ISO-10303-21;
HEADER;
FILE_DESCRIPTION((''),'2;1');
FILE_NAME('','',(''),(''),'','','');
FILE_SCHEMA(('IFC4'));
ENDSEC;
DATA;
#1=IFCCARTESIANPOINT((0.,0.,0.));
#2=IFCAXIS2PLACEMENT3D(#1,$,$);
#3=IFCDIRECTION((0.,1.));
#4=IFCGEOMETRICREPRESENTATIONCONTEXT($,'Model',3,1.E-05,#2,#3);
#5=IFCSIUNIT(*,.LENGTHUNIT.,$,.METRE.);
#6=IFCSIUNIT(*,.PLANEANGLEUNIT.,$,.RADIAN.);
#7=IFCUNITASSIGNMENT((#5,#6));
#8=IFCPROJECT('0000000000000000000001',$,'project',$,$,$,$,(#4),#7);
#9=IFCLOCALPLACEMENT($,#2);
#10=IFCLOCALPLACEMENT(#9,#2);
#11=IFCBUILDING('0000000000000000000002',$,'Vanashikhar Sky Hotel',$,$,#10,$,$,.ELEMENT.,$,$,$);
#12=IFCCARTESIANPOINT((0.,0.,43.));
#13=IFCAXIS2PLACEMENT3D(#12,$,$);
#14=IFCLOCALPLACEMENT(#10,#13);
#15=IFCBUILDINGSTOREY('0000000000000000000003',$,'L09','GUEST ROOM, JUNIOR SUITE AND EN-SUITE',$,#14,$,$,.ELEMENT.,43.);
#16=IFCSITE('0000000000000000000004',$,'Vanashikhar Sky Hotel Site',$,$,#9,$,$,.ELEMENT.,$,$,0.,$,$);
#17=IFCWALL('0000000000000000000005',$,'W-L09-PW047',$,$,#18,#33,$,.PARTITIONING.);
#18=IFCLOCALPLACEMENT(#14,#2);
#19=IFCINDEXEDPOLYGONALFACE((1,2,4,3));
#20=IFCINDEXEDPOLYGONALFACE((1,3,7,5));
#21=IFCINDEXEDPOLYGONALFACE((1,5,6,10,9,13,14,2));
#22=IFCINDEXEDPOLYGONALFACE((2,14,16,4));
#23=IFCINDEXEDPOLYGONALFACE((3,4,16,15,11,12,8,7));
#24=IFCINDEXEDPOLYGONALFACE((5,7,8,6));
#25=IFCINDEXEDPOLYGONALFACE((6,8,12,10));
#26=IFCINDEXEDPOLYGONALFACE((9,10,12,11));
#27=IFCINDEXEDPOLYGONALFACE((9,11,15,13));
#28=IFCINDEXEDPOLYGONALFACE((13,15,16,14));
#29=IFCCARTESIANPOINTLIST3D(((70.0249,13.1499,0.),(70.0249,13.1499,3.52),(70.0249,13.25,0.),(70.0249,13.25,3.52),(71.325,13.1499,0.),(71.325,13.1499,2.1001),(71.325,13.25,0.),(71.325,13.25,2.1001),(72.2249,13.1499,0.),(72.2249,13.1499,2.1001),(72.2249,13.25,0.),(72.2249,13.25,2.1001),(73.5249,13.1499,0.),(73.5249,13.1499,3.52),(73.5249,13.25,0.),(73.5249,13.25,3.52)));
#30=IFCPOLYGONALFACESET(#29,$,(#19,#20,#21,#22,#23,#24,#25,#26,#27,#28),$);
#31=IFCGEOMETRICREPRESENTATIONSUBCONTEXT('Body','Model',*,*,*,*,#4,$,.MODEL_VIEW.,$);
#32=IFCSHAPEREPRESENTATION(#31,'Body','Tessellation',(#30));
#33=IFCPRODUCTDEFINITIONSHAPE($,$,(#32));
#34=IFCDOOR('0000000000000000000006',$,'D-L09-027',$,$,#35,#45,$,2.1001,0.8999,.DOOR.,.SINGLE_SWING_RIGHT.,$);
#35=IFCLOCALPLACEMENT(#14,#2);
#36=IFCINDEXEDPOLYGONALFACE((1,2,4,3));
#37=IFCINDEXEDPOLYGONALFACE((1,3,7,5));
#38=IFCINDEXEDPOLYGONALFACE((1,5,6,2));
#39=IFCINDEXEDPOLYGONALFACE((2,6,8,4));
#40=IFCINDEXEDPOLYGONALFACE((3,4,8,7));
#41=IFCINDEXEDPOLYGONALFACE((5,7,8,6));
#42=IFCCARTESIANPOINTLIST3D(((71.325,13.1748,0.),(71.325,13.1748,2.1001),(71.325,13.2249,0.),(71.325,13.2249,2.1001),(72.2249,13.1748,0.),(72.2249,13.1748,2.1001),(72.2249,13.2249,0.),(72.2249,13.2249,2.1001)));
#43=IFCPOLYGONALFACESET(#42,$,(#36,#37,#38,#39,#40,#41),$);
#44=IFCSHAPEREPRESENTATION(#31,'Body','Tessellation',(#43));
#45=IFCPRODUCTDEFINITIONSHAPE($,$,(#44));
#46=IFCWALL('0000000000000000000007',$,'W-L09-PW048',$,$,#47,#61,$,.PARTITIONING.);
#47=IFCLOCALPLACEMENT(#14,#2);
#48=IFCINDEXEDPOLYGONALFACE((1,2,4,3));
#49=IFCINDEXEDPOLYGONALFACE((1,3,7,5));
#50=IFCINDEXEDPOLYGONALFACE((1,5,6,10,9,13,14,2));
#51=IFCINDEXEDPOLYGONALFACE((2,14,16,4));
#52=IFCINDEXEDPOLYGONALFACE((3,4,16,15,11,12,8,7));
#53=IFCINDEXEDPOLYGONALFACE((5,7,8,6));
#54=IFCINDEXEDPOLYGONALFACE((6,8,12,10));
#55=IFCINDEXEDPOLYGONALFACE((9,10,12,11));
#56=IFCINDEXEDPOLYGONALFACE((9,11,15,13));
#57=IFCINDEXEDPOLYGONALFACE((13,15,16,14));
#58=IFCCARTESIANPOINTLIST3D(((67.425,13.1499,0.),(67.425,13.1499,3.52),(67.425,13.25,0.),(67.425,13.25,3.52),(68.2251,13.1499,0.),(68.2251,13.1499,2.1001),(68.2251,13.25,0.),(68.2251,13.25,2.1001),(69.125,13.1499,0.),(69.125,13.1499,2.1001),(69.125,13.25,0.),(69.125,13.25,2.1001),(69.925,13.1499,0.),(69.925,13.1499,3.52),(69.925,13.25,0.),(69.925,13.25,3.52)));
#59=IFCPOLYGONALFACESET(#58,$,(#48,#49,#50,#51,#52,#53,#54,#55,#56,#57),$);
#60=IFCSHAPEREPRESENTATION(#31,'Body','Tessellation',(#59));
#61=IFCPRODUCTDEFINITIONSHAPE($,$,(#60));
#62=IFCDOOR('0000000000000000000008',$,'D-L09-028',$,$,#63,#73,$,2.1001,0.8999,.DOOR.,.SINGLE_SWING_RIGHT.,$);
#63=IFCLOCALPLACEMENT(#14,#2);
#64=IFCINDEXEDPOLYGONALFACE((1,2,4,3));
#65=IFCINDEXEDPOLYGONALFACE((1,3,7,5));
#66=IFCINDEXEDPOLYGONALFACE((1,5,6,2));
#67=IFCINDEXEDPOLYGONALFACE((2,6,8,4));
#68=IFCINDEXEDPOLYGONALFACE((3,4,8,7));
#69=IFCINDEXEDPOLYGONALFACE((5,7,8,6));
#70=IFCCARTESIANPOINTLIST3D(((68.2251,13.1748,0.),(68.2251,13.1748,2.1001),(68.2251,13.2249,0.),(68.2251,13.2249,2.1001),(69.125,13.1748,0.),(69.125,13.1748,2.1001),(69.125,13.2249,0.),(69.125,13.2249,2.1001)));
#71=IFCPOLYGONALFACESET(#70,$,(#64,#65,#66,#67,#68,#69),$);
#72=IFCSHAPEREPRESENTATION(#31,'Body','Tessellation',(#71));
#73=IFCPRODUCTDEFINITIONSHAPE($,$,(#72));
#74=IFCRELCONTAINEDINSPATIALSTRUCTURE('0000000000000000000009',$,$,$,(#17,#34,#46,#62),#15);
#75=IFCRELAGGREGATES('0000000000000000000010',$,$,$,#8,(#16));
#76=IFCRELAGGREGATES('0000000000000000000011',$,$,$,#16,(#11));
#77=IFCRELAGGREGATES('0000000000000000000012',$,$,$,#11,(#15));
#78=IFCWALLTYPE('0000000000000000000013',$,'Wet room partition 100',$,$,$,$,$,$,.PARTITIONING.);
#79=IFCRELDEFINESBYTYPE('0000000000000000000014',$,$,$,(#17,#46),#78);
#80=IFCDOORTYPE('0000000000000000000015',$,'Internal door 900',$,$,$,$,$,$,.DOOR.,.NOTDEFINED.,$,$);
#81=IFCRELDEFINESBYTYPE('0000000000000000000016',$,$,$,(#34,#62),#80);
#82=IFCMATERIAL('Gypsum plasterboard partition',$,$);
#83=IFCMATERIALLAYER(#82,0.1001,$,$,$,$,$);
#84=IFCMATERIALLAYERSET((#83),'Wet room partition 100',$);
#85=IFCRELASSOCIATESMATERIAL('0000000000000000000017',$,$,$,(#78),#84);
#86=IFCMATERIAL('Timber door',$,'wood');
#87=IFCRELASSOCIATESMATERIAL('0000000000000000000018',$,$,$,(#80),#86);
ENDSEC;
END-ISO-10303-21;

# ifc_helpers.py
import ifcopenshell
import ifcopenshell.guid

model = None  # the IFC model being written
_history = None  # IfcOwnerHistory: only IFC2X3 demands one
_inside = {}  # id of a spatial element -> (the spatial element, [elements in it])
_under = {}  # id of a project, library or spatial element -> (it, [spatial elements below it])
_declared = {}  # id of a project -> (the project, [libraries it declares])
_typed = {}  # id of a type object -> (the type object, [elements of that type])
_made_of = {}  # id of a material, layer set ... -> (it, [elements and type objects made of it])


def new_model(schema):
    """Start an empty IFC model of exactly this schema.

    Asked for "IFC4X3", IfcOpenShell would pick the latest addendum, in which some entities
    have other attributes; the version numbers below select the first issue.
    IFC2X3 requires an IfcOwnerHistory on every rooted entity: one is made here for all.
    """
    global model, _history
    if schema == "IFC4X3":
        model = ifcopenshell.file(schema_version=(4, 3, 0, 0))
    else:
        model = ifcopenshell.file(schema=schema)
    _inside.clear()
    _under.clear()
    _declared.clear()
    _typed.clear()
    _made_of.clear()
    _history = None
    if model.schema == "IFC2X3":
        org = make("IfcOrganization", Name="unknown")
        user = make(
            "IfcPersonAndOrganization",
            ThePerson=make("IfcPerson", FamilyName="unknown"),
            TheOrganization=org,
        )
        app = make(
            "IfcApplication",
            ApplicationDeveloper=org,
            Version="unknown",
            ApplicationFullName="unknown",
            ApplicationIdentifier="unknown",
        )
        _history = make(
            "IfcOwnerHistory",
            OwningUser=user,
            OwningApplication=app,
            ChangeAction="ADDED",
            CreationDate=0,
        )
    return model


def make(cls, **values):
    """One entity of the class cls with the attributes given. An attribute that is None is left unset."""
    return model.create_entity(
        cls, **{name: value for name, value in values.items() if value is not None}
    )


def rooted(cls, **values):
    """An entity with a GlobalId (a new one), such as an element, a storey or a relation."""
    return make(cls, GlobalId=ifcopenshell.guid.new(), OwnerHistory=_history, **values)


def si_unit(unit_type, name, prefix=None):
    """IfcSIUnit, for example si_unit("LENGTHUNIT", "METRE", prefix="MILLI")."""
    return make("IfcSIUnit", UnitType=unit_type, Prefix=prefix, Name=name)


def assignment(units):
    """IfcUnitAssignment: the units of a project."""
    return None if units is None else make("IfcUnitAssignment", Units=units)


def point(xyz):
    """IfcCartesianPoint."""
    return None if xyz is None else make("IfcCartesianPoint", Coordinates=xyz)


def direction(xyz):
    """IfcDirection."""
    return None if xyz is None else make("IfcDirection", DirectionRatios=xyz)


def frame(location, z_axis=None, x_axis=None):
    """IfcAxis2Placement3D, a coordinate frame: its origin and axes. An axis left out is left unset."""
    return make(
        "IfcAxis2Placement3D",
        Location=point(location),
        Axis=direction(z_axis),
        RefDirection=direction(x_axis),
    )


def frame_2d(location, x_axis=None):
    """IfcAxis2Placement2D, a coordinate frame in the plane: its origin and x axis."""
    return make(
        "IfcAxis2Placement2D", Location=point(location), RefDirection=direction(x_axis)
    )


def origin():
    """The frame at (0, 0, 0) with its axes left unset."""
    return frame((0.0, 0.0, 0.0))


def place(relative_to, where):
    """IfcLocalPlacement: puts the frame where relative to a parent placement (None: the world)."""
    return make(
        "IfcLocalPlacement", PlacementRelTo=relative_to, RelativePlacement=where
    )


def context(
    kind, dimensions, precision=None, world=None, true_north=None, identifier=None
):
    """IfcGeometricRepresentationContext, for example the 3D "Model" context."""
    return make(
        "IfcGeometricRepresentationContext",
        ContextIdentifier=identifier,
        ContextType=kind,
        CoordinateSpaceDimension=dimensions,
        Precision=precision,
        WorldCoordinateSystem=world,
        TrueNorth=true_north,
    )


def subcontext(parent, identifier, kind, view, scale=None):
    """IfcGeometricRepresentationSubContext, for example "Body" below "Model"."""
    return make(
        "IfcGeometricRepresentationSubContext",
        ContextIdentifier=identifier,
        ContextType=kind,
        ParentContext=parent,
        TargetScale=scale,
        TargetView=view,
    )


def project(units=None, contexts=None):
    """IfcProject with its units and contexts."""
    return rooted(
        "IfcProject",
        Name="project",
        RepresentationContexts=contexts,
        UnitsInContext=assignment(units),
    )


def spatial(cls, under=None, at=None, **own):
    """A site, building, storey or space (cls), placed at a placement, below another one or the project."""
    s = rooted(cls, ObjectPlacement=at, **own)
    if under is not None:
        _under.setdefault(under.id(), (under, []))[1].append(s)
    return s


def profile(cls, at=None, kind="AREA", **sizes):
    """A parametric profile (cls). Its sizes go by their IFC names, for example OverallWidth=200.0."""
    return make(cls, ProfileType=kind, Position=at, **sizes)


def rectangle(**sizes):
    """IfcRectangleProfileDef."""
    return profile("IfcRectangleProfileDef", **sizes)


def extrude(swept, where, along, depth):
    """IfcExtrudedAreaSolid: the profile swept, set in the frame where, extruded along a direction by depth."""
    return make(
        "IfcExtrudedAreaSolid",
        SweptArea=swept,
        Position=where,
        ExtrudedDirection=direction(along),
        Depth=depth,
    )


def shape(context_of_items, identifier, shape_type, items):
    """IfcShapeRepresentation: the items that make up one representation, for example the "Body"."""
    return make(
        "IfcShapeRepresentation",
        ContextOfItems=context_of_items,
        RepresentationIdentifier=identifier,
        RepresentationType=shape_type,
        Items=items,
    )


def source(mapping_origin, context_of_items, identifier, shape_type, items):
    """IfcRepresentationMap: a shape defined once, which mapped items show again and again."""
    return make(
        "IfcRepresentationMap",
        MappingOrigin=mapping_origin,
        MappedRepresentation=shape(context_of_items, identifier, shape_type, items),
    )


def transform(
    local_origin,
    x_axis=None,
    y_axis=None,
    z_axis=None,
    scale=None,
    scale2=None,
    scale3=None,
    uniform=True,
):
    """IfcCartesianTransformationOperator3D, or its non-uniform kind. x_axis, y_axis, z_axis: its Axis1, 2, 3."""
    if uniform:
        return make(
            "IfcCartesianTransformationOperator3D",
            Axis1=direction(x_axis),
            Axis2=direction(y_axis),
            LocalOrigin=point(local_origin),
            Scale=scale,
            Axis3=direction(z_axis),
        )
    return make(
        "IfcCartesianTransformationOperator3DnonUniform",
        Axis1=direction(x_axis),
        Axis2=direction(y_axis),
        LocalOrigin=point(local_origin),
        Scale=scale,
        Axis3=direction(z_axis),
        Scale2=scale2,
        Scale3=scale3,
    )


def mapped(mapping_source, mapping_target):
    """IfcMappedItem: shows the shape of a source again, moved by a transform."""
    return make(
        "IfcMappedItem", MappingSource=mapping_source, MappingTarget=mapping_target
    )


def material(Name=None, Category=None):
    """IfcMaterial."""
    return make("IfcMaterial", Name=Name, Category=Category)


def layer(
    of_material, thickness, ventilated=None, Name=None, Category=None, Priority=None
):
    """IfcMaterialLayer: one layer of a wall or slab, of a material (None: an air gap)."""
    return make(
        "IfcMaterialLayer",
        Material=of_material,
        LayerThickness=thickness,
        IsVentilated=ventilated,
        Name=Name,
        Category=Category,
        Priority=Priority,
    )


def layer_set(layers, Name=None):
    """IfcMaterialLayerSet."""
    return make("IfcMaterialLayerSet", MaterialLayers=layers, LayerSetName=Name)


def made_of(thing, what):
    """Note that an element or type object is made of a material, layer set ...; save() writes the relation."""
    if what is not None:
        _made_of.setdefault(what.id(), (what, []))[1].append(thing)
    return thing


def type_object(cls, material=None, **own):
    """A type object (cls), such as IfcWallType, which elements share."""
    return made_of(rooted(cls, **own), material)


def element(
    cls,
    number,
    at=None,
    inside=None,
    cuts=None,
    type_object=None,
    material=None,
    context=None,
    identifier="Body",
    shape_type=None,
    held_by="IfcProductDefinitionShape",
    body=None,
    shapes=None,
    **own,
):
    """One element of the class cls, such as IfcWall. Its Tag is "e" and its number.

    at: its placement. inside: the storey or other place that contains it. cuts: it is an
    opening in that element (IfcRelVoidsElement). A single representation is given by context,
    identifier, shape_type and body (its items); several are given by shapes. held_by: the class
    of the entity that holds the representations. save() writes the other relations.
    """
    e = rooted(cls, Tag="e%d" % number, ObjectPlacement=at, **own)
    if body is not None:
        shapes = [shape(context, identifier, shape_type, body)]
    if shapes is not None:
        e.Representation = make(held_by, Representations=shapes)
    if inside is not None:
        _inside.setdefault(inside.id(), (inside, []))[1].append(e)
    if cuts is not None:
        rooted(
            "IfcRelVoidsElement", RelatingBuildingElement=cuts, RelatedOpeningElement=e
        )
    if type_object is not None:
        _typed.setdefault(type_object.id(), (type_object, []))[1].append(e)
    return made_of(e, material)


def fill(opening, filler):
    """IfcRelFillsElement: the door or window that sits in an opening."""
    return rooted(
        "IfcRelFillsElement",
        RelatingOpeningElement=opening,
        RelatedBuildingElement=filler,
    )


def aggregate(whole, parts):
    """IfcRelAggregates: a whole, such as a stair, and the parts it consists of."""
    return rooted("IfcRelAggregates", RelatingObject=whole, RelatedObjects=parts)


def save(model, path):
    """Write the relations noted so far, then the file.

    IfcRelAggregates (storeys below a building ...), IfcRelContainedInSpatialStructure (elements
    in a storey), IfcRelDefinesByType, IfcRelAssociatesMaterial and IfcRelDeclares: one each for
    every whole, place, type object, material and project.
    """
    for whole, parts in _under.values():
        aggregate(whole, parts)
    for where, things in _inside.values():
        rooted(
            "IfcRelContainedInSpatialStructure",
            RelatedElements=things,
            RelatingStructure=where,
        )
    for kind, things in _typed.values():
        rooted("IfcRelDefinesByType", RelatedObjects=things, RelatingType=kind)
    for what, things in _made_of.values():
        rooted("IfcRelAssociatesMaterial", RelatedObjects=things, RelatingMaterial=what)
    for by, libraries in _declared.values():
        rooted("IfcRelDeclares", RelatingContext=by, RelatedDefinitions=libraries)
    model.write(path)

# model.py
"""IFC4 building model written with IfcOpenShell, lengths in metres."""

from ifc_helpers import new_model, si_unit, direction, frame, frame_2d, origin, place, context, subcontext, project, spatial, rectangle, extrude, source, transform, mapped, material, layer, layer_set, type_object, element, fill, save


model = new_model("IFC4")

# Units and contexts
model_context = context("Model", 3, precision=1e-05, world=origin(), true_north=direction((0.0, 1.0)))
body_context = subcontext(model_context, "Body", "Model", "MODEL_VIEW")
ifc_project = project(units=[si_unit("LENGTHUNIT", "METRE"), si_unit("PLANEANGLEUNIT", "RADIAN")], contexts=[model_context])

# Site, building, storey
site_placement = place(None, origin())
site = spatial("IfcSite", under=ifc_project, at=site_placement, Name="Vanashikhar Sky Hotel Site", CompositionType="ELEMENT", RefElevation=0.0)
building_placement = place(site_placement, origin())
building = spatial("IfcBuilding", under=site, at=building_placement, Name="Vanashikhar Sky Hotel", CompositionType="ELEMENT")
storey_placement = place(building_placement, frame((0.0, 0.0, 43.0)))
storey = spatial("IfcBuildingStorey", under=building, at=storey_placement, Name="L09", Description="GUEST ROOM, JUNIOR SUITE AND EN-SUITE", CompositionType="ELEMENT", Elevation=43.0)

# Shared definitions
ifc_material_1 = material(Name="Gypsum plasterboard partition")
ifc_layer_1 = layer(ifc_material_1, 0.1001)
ifc_layer_set_1 = layer_set([ifc_layer_1], Name="Wet room partition 100")
wall_type_1 = type_object("IfcWallType", Name="Wet room partition 100", PredefinedType="PARTITIONING", material=ifc_layer_set_1)
shared_shape_1 = source(origin(), body_context, "Body", "SweptSolid", [
    extrude(rectangle(XDim=0.8999, YDim=2.1001, at=frame_2d((0.45, 1.05))), frame((0.0, 0.0601, 0.0), z_axis=(0.0, -1.0, 0.0), x_axis=(1.0, 0.0, 0.0)), (0.0, 0.0, 1.0), 0.1201),
])
ifc_material_2 = material(Name="Timber door", Category="wood")
door_type_1 = type_object("IfcDoorType", Name="Internal door 900", OperationType="NOTDEFINED", PredefinedType="DOOR", material=ifc_material_2)
shared_shape_2 = source(origin(), body_context, "Body", "SweptSolid", [
    extrude(rectangle(XDim=0.8999, YDim=2.1001, at=frame_2d((0.45, 1.05))), frame((0.0, 0.0249, 0.0), z_axis=(0.0, -1.0, 0.0), x_axis=(1.0, 0.0, 0.0)), (0.0, 0.0, 1.0), 0.05),
])

# Walls, openings, doors
shared_shape_3 = source(origin(), body_context, "Body", "SweptSolid", [
    extrude(rectangle(XDim=3.5, YDim=0.1001, at=frame_2d((1.75, 0.0))), origin(), (0.0, 0.0, 1.0), 3.52),
])
wall_1_placement = place(storey_placement, frame((70.0249, 13.2, 0.0), z_axis=(0.0, 0.0, 1.0), x_axis=(1.0, 0.0, 0.0)))
wall_1 = element("IfcWall", 1, at=wall_1_placement, inside=storey, type_object=wall_type_1, Name="W-L09-PW047", PredefinedType="PARTITIONING", context=body_context, shape_type="MappedRepresentation", body=[
    mapped(shared_shape_3, transform((0.0, 0.0, 0.0), scale=1.0)),
])
opening_1_placement = place(wall_1_placement, frame((1.3, 0.0, 0.0)))
opening_1 = element("IfcOpeningElement", 2, at=opening_1_placement, cuts=wall_1, PredefinedType="OPENING", context=body_context, shape_type="MappedRepresentation", body=[
    mapped(shared_shape_1, transform((0.0, 0.0, 0.0), scale=1.0)),
])
door_1_placement = place(opening_1_placement, origin())
door_1 = element("IfcDoor", 3, at=door_1_placement, inside=storey, type_object=door_type_1, Name="D-L09-027", OperationType="SINGLE_SWING_RIGHT", OverallHeight=2.1001, OverallWidth=0.8999, PredefinedType="DOOR", context=body_context, shape_type="MappedRepresentation", body=[
    mapped(shared_shape_2, transform((0.0, 0.0, 0.0), scale=1.0)),
])
fill(opening_1, door_1)
shared_shape_4 = source(origin(), body_context, "Body", "SweptSolid", [
    extrude(rectangle(XDim=2.5, YDim=0.1001, at=frame_2d((1.25, 0.0))), origin(), (0.0, 0.0, 1.0), 3.52),
])
wall_2_placement = place(storey_placement, frame((67.425, 13.2, 0.0), z_axis=(0.0, 0.0, 1.0), x_axis=(1.0, 0.0, 0.0)))
wall_2 = element("IfcWall", 4, at=wall_2_placement, inside=storey, type_object=wall_type_1, Name="W-L09-PW048", PredefinedType="PARTITIONING", context=body_context, shape_type="MappedRepresentation", body=[
    mapped(shared_shape_4, transform((0.0, 0.0, 0.0), scale=1.0)),
])
opening_2_placement = place(wall_2_placement, frame((0.8, 0.0, 0.0)))
opening_2 = element("IfcOpeningElement", 5, at=opening_2_placement, cuts=wall_2, PredefinedType="OPENING", context=body_context, shape_type="MappedRepresentation", body=[
    mapped(shared_shape_1, transform((0.0, 0.0, 0.0), scale=1.0)),
])
door_2_placement = place(opening_2_placement, origin())
door_2 = element("IfcDoor", 6, at=door_2_placement, inside=storey, type_object=door_type_1, Name="D-L09-028", OperationType="SINGLE_SWING_RIGHT", OverallHeight=2.1001, OverallWidth=0.8999, PredefinedType="DOOR", context=body_context, shape_type="MappedRepresentation", body=[
    mapped(shared_shape_2, transform((0.0, 0.0, 0.0), scale=1.0)),
])
fill(opening_2, door_2)

save(model, "model.ifc")
